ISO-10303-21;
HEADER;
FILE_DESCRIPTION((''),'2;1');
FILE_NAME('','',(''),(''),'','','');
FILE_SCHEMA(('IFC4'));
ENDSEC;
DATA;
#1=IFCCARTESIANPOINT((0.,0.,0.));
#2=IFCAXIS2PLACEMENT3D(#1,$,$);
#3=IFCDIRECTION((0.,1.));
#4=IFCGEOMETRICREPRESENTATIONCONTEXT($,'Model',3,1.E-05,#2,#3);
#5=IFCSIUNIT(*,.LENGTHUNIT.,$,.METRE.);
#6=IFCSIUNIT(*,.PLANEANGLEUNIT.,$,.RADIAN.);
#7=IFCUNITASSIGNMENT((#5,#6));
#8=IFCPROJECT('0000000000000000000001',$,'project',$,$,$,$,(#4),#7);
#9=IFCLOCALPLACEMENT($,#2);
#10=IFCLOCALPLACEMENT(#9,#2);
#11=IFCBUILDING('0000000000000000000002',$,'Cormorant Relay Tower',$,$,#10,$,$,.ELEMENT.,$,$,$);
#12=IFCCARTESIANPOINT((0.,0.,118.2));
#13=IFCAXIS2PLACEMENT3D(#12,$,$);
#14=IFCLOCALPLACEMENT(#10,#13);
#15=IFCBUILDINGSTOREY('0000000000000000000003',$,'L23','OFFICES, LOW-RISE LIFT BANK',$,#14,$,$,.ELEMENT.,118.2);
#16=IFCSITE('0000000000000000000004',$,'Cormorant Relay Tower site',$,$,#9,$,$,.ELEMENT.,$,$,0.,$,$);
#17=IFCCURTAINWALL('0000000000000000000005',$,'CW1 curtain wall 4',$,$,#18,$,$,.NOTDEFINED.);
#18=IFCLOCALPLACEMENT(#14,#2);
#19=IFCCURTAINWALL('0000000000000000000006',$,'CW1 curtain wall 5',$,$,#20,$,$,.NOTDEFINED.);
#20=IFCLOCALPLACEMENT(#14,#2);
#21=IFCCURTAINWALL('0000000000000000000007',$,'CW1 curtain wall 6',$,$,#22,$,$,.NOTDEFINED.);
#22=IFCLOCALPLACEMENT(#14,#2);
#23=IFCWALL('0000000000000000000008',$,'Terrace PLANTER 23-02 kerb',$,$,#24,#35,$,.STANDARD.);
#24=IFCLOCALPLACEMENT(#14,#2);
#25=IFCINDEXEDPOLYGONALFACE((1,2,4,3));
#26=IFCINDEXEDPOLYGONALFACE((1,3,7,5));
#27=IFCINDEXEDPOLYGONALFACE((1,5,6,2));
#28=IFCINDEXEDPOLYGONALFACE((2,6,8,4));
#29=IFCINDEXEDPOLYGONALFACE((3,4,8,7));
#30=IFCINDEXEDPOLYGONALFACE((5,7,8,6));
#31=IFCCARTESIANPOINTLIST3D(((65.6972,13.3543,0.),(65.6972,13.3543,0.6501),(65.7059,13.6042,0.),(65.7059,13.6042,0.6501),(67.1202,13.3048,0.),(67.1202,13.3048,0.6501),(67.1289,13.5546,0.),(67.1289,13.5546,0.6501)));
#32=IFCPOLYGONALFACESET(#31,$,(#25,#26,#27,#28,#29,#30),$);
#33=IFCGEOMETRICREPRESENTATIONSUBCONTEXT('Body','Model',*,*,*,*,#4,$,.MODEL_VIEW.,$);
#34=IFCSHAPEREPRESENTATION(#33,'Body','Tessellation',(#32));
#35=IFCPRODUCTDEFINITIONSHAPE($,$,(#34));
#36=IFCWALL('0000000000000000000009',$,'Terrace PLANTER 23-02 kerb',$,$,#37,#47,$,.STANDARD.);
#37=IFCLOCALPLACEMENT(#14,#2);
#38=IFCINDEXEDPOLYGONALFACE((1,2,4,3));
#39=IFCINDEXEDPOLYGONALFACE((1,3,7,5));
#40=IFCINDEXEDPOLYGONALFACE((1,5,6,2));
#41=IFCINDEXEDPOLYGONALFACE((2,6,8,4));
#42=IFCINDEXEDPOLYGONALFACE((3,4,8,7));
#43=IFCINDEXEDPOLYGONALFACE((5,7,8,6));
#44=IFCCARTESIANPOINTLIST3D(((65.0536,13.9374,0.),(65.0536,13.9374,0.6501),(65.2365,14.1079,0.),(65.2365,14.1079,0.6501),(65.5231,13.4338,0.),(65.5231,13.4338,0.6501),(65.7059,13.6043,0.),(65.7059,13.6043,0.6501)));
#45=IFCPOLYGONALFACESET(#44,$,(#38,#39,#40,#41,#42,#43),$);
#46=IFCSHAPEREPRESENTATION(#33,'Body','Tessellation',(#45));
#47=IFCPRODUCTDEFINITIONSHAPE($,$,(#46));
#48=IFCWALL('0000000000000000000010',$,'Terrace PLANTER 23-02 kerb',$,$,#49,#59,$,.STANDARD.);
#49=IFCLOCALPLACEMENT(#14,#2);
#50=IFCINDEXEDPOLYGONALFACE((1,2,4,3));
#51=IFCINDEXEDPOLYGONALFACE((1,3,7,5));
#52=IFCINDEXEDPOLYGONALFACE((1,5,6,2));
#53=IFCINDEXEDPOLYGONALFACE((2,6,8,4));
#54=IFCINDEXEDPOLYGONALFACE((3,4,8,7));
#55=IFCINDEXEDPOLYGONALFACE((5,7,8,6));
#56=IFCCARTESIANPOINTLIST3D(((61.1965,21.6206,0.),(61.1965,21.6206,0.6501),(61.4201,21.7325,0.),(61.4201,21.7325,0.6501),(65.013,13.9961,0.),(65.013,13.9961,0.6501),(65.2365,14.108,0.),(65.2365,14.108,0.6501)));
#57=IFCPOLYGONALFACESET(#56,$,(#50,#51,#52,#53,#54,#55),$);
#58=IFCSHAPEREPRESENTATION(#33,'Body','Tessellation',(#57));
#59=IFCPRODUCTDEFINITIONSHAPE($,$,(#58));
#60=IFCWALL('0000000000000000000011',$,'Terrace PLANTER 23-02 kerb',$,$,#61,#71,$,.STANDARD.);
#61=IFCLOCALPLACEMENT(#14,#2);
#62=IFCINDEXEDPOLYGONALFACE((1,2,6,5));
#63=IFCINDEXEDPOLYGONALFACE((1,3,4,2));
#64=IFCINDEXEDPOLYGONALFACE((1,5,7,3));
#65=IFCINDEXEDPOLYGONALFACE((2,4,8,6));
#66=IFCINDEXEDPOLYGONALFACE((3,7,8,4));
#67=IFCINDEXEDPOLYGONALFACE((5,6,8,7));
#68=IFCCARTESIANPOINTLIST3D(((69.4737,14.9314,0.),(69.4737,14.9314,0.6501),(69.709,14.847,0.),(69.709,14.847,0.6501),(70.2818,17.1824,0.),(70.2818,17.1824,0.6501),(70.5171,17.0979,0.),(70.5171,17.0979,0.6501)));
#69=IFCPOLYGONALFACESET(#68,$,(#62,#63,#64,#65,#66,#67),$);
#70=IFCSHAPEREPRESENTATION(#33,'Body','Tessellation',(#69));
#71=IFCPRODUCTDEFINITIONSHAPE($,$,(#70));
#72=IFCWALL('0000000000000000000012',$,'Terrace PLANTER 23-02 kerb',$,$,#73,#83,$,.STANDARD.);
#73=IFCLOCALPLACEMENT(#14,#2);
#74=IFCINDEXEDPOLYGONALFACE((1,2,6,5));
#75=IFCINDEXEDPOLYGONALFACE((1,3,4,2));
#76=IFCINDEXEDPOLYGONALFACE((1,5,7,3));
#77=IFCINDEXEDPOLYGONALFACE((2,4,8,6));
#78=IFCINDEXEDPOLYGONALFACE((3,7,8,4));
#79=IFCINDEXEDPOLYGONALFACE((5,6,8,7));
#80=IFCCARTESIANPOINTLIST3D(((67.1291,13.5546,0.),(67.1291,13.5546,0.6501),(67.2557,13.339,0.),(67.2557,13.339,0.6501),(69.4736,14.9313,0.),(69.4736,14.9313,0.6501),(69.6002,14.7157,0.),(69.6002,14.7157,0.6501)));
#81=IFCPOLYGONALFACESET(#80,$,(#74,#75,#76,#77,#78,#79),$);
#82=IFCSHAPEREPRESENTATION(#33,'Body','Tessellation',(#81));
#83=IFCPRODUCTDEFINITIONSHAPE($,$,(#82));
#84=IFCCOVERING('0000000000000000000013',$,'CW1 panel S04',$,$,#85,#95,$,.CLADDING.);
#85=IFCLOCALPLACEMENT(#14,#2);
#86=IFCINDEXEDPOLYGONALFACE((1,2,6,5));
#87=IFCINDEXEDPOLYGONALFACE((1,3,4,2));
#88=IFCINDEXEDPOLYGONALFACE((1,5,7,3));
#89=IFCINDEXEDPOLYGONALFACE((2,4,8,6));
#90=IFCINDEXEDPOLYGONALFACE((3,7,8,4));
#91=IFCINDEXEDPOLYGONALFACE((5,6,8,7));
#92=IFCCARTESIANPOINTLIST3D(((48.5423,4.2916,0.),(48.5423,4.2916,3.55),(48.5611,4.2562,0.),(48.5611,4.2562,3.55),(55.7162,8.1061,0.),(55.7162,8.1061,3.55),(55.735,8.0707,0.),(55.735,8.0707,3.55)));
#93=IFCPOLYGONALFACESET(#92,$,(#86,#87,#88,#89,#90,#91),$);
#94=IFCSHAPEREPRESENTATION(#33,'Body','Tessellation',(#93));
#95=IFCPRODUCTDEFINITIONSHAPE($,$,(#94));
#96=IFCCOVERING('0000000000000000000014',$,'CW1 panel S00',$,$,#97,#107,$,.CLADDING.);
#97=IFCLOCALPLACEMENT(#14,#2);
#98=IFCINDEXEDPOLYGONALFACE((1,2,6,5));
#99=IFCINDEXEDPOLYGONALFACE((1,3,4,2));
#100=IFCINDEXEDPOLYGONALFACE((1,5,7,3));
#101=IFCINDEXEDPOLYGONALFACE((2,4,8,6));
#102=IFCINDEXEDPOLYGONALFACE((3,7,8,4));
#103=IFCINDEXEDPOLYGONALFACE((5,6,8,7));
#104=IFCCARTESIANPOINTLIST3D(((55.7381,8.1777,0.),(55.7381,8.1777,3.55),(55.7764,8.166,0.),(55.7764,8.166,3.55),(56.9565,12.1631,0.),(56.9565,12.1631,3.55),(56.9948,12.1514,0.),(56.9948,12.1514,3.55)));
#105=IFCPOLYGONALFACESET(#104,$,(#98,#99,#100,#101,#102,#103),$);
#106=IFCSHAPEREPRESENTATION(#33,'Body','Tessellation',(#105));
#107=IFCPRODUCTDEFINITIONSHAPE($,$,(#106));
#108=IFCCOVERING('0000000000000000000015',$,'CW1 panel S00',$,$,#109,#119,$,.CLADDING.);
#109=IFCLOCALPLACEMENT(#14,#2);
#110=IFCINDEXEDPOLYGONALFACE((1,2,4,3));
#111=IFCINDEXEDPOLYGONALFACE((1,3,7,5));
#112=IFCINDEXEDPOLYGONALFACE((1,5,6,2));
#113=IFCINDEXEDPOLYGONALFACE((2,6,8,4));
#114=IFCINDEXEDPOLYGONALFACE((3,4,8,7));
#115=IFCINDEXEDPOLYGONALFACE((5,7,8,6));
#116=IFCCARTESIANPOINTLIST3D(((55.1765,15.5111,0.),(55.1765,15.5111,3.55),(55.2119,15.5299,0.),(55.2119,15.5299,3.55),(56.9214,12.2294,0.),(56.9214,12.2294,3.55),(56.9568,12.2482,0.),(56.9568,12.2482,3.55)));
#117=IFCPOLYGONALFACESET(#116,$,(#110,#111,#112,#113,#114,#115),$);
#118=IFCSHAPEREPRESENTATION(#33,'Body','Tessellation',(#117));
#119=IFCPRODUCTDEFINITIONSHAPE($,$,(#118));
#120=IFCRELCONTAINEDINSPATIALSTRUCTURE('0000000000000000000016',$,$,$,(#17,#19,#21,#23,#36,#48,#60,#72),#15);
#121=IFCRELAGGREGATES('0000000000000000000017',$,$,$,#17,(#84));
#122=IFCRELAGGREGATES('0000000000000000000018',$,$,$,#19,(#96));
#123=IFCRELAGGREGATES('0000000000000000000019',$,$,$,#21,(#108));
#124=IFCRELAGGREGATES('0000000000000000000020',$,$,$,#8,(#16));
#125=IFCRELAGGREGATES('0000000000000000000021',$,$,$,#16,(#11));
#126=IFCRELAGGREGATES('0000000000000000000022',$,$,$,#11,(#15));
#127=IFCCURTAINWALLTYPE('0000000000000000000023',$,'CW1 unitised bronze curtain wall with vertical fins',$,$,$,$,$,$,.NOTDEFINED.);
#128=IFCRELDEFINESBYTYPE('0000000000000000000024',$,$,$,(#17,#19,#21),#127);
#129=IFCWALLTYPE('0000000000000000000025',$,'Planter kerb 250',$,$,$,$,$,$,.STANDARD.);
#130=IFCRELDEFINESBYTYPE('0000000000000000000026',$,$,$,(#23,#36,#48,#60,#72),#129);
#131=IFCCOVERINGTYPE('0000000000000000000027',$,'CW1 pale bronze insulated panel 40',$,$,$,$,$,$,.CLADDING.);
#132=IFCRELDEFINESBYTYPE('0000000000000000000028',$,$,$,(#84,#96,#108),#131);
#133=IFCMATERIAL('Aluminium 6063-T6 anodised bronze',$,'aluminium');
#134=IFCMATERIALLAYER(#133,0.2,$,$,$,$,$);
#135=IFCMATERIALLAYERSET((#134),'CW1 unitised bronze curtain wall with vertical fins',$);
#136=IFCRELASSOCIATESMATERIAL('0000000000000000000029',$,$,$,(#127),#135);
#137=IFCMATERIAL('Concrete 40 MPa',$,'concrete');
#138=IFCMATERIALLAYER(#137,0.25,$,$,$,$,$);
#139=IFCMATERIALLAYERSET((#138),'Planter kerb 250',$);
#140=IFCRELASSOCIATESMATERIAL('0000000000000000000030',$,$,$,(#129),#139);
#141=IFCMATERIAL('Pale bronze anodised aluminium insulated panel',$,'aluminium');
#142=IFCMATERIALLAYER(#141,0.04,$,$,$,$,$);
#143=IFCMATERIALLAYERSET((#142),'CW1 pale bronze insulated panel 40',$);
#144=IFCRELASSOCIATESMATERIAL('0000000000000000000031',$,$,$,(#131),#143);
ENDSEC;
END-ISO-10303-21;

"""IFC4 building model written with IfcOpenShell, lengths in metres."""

from ifc_helpers import new_model, si_unit, direction, frame, frame_2d, origin, origin_2d, place, context, subcontext, project, spatial, rectangle, extrude, material, layer, layer_set, type_object, element, aggregate, save


model = new_model("IFC4")

# Units and contexts
model_context = context("Model", 3, precision=1e-05, world=origin(), true_north=direction((0.0, 1.0)))
body_context = subcontext(model_context, "Body", "Model", "MODEL_VIEW")
ifc_project = project(units=[si_unit("LENGTHUNIT", "METRE"), si_unit("PLANEANGLEUNIT", "RADIAN")], contexts=[model_context])

# Site, building, storey
site_placement = place(None, origin())
site = spatial("IfcSite", under=ifc_project, at=site_placement, Name="Cormorant Relay Tower site", CompositionType="ELEMENT", RefElevation=0.0)
building_placement = place(site_placement, origin())
building = spatial("IfcBuilding", under=site, at=building_placement, Name="Cormorant Relay Tower", CompositionType="ELEMENT")
storey_placement = place(building_placement, frame((0.0, 0.0, 118.2)))
storey = spatial("IfcBuildingStorey", under=building, at=storey_placement, Name="L23", Description="OFFICES, LOW-RISE LIFT BANK", CompositionType="ELEMENT", Elevation=118.2)

# Curtain walls
ifc_material_1 = material(Name="Aluminium 6063-T6 anodised bronze", Category="aluminium")
ifc_layer_1 = layer(ifc_material_1, 0.2)
ifc_layer_set_1 = layer_set([ifc_layer_1], Name="CW1 unitised bronze curtain wall with vertical fins")
curtain_wall_type = type_object("IfcCurtainWallType", Name="CW1 unitised bronze curtain wall with vertical fins", PredefinedType="NOTDEFINED", material=ifc_layer_set_1)
curtain_wall_1_placement = place(storey_placement, origin())
curtain_wall_1 = element("IfcCurtainWall", 1, at=curtain_wall_1_placement, inside=storey, type_object=curtain_wall_type, Name="CW1 curtain wall 4", PredefinedType="NOTDEFINED")
curtain_wall_2_placement = place(storey_placement, origin())
curtain_wall_2 = element("IfcCurtainWall", 2, at=curtain_wall_2_placement, inside=storey, type_object=curtain_wall_type, Name="CW1 curtain wall 5", PredefinedType="NOTDEFINED")

# Curtain wall
curtain_wall_3_placement = place(storey_placement, origin())
curtain_wall_3 = element("IfcCurtainWall", 3, at=curtain_wall_3_placement, inside=storey, type_object=curtain_wall_type, Name="CW1 curtain wall 6", PredefinedType="NOTDEFINED")

# Walls
ifc_material_2 = material(Name="Concrete 40 MPa", Category="concrete")
ifc_layer_2 = layer(ifc_material_2, 0.25)
ifc_layer_set_2 = layer_set([ifc_layer_2], Name="Planter kerb 250")
wall_type_1 = type_object("IfcWallType", Name="Planter kerb 250", PredefinedType="STANDARD", material=ifc_layer_set_2)
wall_1_placement = place(storey_placement, frame((67.1245, 13.4297, 0.0), z_axis=(0.0, 0.0, 1.0), x_axis=(-0.999394, 0.034811, 0.0)))
element("IfcWall", 4, at=wall_1_placement, inside=storey, type_object=wall_type_1, Name="Terrace PLANTER 23-02 kerb", PredefinedType="STANDARD", context=body_context, shape_type="SweptSolid", body=[
    extrude(rectangle(XDim=1.4238, YDim=0.25, at=frame_2d((0.7119, 0.0))), origin(), (0.0, 0.0, 1.0), 0.6501),
])
wall_2_placement = place(storey_placement, frame((65.6145, 13.519, 0.0), z_axis=(0.0, 0.0, 1.0), x_axis=(-0.681851, 0.731491, 0.0)))
element("IfcWall", 5, at=wall_2_placement, inside=storey, type_object=wall_type_1, Name="Terrace PLANTER 23-02 kerb", PredefinedType="STANDARD", context=body_context, shape_type="SweptSolid", body=[
    extrude(rectangle(XDim=0.6885, YDim=0.25, at=frame_2d((0.3442, 0.0))), origin(), (0.0, 0.0, 1.0), 0.6501),
])
wall_3_placement = place(storey_placement, frame((65.1248, 14.052, 0.0), z_axis=(0.0, 0.0, 1.0), x_axis=(-0.447603, 0.894232, 0.0)))
element("IfcWall", 6, at=wall_3_placement, inside=storey, type_object=wall_type_1, Name="Terrace PLANTER 23-02 kerb", PredefinedType="STANDARD", context=body_context, shape_type="SweptSolid", body=[
    extrude(rectangle(XDim=8.5264, YDim=0.25, at=frame_2d((4.2632, 0.0))), origin(), (0.0, 0.0, 1.0), 0.6501),
])
wall_4_placement = place(storey_placement, frame((70.3994, 17.1401, 0.0), z_axis=(0.0, 0.0, 1.0), x_axis=(-0.337888, -0.941186, 0.0)))
element("IfcWall", 7, at=wall_4_placement, inside=storey, type_object=wall_type_1, Name="Terrace PLANTER 23-02 kerb", PredefinedType="STANDARD", context=body_context, shape_type="SweptSolid", body=[
    extrude(rectangle(XDim=2.3916, YDim=0.25, at=frame_2d((1.1958, 0.0))), origin(), (0.0, 0.0, 1.0), 0.6501),
])
wall_5_placement = place(storey_placement, frame((69.5369, 14.8235, 0.0), z_axis=(0.0, 0.0, 1.0), x_axis=(-0.862319, -0.506365, 0.0)))
element("IfcWall", 8, at=wall_5_placement, inside=storey, type_object=wall_type_1, Name="Terrace PLANTER 23-02 kerb", PredefinedType="STANDARD", context=body_context, shape_type="SweptSolid", body=[
    extrude(rectangle(XDim=2.7188, YDim=0.25, at=frame_2d((1.3594, 0.0))), origin(), (0.0, 0.0, 1.0), 0.6501),
])

# Coverings
ifc_material_3 = material(Name="Pale bronze anodised aluminium insulated panel", Category="aluminium")
ifc_layer_3 = layer(ifc_material_3, 0.04)
ifc_layer_set_3 = layer_set([ifc_layer_3], Name="CW1 pale bronze insulated panel 40")
covering_type = type_object("IfcCoveringType", Name="CW1 pale bronze insulated panel 40", PredefinedType="CLADDING", material=ifc_layer_set_3)
covering_1_placement = place(storey_placement, frame((52.1387, 6.1812, 0.0), z_axis=(0.0, 0.0, 1.0), x_axis=(0.882948, 0.469472, 0.0)))
covering_1 = element("IfcCovering", 9, at=covering_1_placement, type_object=covering_type, Name="CW1 panel S04", PredefinedType="CLADDING", context=body_context, shape_type="SweptSolid", body=[
    extrude(rectangle(XDim=8.125, YDim=0.04, at=origin_2d()), origin(), (0.0, 0.0, 1.0), 3.55),
])
aggregate(curtain_wall_1, [covering_1])
covering_2_placement = place(storey_placement, frame((56.3665, 10.1646, 0.0), z_axis=(0.0, 0.0, 1.0), x_axis=(0.292372, 0.956305, 0.0)))
covering_2 = element("IfcCovering", 10, at=covering_2_placement, type_object=covering_type, Name="CW1 panel S00", PredefinedType="CLADDING", context=body_context, shape_type="SweptSolid", body=[
    extrude(rectangle(XDim=4.1675, YDim=0.04, at=origin_2d()), origin(), (0.0, 0.0, 1.0), 3.55),
])
aggregate(curtain_wall_2, [covering_2])
covering_3_placement = place(storey_placement, frame((56.0667, 13.8796, 0.0), z_axis=(0.0, 0.0, 1.0), x_axis=(-0.469472, 0.882948, 0.0)))
covering_3 = element("IfcCovering", 11, at=covering_3_placement, type_object=covering_type, Name="CW1 panel S00", PredefinedType="CLADDING", context=body_context, shape_type="SweptSolid", body=[
    extrude(rectangle(XDim=3.7168, YDim=0.04, at=origin_2d()), origin(), (0.0, 0.0, 1.0), 3.55),
])
aggregate(curtain_wall_3, [covering_3])

save(model, "model.ifc")
